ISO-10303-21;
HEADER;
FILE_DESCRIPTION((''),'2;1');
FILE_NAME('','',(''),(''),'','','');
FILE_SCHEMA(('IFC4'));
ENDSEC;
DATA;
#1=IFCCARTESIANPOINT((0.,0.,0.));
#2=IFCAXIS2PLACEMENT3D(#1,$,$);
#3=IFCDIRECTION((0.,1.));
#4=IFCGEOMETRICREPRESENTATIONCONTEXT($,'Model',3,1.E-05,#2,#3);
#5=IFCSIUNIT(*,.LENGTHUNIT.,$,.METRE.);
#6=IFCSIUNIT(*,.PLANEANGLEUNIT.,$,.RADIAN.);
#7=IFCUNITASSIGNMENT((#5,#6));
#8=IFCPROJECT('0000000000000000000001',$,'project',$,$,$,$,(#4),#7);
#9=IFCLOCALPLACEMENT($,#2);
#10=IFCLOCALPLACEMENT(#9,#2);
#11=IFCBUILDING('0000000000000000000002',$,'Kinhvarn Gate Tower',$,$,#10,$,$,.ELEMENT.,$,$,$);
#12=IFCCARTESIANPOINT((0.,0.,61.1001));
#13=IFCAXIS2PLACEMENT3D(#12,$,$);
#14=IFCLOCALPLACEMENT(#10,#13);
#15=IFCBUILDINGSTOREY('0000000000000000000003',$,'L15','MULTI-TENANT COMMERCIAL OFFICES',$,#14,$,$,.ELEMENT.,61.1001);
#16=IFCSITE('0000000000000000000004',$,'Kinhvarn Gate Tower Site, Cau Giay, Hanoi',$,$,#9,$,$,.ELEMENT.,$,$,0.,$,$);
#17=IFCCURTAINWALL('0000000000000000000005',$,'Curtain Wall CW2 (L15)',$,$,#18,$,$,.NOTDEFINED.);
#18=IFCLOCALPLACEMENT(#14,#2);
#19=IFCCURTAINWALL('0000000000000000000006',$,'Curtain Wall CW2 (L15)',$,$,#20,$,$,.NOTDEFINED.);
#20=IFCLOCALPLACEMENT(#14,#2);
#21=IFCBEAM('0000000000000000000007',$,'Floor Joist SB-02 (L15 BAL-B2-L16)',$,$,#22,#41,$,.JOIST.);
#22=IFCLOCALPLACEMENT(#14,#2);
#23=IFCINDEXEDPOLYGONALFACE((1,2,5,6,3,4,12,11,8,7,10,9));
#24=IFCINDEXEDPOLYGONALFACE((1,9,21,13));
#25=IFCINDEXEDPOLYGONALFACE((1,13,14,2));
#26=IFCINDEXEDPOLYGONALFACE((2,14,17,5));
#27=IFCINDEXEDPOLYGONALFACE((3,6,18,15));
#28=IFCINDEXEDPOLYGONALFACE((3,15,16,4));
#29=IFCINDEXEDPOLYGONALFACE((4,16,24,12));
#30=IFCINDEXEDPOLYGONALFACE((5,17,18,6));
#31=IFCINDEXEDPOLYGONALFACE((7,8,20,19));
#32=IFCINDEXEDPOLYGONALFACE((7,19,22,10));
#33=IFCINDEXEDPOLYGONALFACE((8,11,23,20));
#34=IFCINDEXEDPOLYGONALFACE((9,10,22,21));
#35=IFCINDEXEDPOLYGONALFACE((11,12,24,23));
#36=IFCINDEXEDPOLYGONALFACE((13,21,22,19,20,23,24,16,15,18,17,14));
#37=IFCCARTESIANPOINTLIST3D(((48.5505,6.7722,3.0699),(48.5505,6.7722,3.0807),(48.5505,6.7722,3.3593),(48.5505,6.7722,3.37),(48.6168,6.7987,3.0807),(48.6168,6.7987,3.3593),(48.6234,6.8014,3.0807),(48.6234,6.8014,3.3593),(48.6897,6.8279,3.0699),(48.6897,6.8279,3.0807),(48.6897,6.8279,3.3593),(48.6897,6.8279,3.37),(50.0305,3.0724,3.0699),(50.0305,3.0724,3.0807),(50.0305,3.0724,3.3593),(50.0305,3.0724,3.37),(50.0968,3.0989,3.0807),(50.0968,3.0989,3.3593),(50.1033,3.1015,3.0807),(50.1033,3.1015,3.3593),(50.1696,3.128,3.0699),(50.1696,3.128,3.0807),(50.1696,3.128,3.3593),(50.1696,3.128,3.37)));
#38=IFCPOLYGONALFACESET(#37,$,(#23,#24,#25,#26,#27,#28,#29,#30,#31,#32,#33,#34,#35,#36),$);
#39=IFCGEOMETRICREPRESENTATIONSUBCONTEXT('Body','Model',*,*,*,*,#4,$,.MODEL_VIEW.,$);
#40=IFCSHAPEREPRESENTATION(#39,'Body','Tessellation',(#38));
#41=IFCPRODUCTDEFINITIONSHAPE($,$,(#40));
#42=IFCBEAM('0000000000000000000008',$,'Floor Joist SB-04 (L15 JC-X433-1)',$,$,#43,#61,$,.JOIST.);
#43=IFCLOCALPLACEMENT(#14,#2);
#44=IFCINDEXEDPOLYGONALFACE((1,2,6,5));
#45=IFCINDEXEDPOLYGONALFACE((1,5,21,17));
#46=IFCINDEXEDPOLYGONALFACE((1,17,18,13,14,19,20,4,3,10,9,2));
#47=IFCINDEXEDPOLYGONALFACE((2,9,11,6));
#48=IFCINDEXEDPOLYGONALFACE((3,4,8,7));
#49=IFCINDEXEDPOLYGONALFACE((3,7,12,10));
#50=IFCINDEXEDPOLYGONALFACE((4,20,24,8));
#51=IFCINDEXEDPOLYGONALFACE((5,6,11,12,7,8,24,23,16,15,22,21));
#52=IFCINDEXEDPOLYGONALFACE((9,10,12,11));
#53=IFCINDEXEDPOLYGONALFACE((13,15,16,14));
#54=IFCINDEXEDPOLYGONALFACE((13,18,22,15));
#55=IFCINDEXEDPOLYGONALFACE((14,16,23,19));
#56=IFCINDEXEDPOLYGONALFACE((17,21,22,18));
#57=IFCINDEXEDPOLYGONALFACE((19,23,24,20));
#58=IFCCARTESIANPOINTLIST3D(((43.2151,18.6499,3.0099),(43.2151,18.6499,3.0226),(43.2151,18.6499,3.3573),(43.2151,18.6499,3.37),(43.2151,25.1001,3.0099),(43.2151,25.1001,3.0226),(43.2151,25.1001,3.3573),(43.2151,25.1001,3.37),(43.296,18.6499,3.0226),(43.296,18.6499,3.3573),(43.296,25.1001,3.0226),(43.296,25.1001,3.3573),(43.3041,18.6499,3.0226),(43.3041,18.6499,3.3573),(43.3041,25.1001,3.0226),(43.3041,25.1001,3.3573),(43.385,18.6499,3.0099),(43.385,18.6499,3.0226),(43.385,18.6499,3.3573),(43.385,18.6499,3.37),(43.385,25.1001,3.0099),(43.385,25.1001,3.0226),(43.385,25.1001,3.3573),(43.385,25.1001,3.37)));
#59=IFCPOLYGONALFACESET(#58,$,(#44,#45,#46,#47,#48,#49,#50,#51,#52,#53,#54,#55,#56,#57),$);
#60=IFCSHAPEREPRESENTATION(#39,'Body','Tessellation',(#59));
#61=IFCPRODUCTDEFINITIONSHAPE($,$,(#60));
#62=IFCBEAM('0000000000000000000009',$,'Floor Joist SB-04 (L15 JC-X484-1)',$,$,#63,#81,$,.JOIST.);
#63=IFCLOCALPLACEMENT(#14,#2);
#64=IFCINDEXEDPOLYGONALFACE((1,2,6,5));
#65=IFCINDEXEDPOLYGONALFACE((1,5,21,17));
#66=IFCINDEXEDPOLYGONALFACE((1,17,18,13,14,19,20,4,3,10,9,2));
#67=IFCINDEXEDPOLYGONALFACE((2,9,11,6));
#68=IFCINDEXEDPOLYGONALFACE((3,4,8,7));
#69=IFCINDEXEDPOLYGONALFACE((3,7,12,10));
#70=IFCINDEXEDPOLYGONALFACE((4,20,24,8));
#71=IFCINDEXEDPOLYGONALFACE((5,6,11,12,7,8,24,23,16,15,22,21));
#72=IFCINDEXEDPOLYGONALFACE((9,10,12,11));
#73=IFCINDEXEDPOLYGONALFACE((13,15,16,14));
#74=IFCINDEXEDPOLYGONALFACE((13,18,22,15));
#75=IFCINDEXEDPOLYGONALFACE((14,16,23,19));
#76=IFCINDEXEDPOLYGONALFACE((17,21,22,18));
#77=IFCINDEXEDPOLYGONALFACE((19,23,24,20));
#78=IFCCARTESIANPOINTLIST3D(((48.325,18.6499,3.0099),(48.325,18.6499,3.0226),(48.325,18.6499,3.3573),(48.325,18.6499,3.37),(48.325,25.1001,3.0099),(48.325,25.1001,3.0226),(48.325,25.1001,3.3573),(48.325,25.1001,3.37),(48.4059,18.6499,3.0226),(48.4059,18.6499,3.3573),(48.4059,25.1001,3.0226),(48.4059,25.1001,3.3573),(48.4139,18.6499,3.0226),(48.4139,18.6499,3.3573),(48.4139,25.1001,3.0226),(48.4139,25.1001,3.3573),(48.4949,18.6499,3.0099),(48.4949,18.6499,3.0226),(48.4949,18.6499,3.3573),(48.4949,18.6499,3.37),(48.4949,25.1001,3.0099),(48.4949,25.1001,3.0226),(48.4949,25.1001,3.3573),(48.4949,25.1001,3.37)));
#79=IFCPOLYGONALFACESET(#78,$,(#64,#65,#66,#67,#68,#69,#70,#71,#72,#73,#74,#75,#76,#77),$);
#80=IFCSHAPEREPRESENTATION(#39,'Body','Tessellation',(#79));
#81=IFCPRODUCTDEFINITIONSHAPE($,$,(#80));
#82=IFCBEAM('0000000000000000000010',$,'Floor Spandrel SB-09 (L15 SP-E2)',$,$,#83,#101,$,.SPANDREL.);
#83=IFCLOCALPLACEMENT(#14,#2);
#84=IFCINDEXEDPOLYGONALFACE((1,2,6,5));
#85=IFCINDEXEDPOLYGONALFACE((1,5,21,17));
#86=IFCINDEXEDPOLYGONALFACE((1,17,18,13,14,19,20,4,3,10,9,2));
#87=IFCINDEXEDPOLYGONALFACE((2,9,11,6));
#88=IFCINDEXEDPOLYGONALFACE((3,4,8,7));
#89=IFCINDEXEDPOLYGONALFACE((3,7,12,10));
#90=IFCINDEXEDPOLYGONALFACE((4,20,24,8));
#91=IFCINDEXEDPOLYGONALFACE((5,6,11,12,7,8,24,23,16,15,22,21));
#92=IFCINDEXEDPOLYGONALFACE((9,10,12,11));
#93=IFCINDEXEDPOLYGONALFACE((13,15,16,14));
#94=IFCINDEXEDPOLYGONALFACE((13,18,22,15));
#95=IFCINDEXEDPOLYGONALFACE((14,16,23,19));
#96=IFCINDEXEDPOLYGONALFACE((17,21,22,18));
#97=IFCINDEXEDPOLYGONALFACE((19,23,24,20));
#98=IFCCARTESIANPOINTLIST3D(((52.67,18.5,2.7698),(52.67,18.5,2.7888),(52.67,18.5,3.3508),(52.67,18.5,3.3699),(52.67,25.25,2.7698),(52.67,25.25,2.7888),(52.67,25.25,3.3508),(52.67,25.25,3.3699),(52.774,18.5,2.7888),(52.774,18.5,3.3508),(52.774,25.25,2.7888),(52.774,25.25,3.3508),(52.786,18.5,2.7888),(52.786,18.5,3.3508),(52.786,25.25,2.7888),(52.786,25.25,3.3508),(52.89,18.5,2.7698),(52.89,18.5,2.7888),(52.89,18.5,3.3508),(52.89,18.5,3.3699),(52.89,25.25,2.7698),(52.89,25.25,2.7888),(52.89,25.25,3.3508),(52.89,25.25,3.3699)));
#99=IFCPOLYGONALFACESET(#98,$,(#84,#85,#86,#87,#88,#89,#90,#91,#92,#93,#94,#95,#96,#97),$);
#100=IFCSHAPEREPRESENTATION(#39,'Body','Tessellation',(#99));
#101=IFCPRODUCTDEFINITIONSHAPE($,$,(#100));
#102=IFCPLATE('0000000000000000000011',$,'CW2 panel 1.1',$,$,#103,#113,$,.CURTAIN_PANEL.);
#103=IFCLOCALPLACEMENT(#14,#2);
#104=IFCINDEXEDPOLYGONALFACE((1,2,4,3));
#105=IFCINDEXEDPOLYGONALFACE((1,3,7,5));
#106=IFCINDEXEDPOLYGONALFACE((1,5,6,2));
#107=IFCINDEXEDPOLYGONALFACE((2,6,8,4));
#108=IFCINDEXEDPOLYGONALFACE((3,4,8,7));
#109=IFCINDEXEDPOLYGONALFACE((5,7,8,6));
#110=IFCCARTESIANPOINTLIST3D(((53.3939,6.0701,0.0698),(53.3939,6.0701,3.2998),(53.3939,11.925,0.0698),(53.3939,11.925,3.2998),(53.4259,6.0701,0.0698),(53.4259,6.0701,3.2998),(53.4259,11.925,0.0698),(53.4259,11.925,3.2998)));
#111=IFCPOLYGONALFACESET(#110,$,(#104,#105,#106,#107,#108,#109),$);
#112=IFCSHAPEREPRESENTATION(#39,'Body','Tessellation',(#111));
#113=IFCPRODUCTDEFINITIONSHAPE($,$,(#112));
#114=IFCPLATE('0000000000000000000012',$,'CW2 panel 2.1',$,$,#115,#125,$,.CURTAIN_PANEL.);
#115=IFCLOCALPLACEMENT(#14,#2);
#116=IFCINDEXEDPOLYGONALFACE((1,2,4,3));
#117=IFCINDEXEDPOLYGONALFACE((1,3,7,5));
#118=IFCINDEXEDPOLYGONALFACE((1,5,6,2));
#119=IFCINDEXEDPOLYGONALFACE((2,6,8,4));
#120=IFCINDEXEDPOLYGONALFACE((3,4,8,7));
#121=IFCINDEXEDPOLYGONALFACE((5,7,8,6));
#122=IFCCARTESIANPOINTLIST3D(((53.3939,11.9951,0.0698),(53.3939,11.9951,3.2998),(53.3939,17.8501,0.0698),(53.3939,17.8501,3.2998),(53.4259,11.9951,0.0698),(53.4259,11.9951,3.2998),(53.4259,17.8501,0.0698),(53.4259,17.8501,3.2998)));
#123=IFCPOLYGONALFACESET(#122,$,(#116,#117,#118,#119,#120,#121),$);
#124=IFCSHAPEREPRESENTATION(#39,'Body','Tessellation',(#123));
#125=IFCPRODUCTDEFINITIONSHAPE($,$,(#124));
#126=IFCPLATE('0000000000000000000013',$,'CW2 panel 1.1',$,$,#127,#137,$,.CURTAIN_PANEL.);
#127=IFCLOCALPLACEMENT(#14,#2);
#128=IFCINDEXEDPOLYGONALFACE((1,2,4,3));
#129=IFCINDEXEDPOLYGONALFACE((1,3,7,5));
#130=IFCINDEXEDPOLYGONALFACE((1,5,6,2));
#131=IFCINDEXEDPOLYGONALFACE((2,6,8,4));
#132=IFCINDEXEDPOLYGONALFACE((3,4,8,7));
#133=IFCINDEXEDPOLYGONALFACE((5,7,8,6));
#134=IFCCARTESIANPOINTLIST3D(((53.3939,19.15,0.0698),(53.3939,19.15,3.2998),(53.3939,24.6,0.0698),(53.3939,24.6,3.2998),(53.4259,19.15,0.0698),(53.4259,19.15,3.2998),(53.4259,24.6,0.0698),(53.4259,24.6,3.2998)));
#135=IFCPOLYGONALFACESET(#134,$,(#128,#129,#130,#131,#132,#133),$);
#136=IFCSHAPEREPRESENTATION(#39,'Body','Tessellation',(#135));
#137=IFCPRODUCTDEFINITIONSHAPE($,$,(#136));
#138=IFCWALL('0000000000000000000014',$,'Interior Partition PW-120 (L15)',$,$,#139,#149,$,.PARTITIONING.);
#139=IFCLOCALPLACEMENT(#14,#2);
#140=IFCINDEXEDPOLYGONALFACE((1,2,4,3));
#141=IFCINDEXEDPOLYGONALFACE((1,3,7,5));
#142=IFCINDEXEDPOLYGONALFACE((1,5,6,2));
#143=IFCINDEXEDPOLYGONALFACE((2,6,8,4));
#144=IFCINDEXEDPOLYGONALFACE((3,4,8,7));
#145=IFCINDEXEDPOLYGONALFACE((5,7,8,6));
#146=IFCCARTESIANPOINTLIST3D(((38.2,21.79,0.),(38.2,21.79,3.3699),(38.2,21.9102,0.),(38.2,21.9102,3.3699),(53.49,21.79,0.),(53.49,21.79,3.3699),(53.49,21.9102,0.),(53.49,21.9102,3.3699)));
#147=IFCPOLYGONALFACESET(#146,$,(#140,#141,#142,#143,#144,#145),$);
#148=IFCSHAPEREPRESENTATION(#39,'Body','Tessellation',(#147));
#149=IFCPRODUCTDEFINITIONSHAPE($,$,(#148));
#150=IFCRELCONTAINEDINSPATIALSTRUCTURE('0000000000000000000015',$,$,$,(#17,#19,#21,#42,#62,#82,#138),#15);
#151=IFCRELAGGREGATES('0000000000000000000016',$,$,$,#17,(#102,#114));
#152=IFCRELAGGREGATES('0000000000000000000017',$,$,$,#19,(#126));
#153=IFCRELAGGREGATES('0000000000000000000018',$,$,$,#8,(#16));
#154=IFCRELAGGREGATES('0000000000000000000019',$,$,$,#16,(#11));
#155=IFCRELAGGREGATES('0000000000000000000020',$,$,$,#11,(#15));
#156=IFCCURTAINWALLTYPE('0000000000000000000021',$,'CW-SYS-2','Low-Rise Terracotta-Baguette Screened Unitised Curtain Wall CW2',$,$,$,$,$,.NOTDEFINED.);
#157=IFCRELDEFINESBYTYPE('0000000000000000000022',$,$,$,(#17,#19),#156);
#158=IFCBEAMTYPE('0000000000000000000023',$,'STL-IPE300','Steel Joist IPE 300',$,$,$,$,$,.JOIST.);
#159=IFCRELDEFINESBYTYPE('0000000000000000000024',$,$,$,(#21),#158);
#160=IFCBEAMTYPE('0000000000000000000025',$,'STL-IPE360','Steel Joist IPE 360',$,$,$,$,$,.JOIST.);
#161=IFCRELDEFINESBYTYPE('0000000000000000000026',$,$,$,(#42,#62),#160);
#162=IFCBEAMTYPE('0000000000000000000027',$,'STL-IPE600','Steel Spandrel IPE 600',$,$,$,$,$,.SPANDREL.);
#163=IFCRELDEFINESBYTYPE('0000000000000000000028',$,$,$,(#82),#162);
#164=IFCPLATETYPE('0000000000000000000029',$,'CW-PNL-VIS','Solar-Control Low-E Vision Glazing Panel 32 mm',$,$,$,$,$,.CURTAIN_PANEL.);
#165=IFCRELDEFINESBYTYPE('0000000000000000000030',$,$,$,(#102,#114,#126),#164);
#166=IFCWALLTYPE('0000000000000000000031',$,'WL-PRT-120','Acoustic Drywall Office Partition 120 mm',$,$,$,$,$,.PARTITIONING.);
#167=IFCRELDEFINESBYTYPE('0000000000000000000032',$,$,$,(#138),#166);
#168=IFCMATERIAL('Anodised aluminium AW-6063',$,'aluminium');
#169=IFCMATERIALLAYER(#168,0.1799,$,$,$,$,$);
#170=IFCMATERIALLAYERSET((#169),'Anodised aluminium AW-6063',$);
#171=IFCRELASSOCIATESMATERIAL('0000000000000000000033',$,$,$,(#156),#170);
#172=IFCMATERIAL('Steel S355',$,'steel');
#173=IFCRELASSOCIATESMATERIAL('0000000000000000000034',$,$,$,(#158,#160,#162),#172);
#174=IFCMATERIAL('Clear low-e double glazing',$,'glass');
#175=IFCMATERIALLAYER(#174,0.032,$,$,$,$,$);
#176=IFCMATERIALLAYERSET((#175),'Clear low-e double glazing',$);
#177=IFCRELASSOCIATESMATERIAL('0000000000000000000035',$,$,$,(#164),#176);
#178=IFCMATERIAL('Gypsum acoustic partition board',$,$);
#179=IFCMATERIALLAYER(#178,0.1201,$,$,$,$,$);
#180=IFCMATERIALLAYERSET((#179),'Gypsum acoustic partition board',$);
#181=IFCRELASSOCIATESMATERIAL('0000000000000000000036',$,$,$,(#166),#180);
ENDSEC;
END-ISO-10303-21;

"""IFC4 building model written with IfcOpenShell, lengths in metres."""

from ifc_helpers import new_model, si_unit, direction, frame, frame_2d, origin, origin_2d, place, context, subcontext, project, spatial, rectangle, i_section, extrude, material, layer, layer_set, material_profile, profile_set, type_object, element, aggregate, save


model = new_model("IFC4")

# Units and contexts
model_context = context("Model", 3, precision=1e-05, world=origin(), true_north=direction((0.0, 1.0)))
body_context = subcontext(model_context, "Body", "Model", "MODEL_VIEW")
ifc_project = project(units=[si_unit("LENGTHUNIT", "METRE"), si_unit("PLANEANGLEUNIT", "RADIAN")], contexts=[model_context])

# Site, building, storey
site_placement = place(None, origin())
site = spatial("IfcSite", under=ifc_project, at=site_placement, Name="Kinhvarn Gate Tower Site, Cau Giay, Hanoi", CompositionType="ELEMENT", RefElevation=0.0)
building_placement = place(site_placement, origin())
building = spatial("IfcBuilding", under=site, at=building_placement, Name="Kinhvarn Gate Tower", CompositionType="ELEMENT")
storey_placement = place(building_placement, frame((0.0, 0.0, 61.1001)))
storey = spatial("IfcBuildingStorey", under=building, at=storey_placement, Name="L15", Description="MULTI-TENANT COMMERCIAL OFFICES", CompositionType="ELEMENT", Elevation=61.1001)

# Curtain wall
ifc_material_1 = material(Name="Anodised aluminium AW-6063", Category="aluminium")
ifc_layer_1 = layer(ifc_material_1, 0.1799)
ifc_layer_set_1 = layer_set([ifc_layer_1], Name="Anodised aluminium AW-6063")
curtain_wall_type = type_object("IfcCurtainWallType", Name="CW-SYS-2", Description="Low-Rise Terracotta-Baguette Screened Unitised Curtain Wall CW2", PredefinedType="NOTDEFINED", material=ifc_layer_set_1)
curtain_wall_1_placement = place(storey_placement, origin())
curtain_wall_1 = element("IfcCurtainWall", 1, at=curtain_wall_1_placement, inside=storey, type_object=curtain_wall_type, Name="Curtain Wall CW2 (L15)", PredefinedType="NOTDEFINED")

# Curtain wall
curtain_wall_2_placement = place(storey_placement, origin())
curtain_wall_2 = element("IfcCurtainWall", 2, at=curtain_wall_2_placement, inside=storey, type_object=curtain_wall_type, Name="Curtain Wall CW2 (L15)", PredefinedType="NOTDEFINED")

# Beams
ifc_material_2 = material(Name="Steel S355", Category="steel")
ifc_material_profile_1 = material_profile(ifc_material_2, i_section(OverallWidth=0.1499, OverallDepth=0.3, WebThickness=0.0071, FlangeThickness=0.0107, at=origin_2d()), Name="IPE 300")
ifc_profile_set_1 = profile_set([ifc_material_profile_1], Name="Steel S355")
beam_type_1 = type_object("IfcBeamType", Name="STL-IPE300", Description="Steel Joist IPE 300", PredefinedType="JOIST", material=ifc_profile_set_1)
beam_1_placement = place(storey_placement, frame((48.6201, 6.8, 3.22), z_axis=(0.371391, -0.928477, 0.0), x_axis=(0.928477, 0.371391, 0.0)))
element("IfcBeam", 3, at=beam_1_placement, inside=storey, type_object=beam_type_1, Name="Floor Joist SB-02 (L15 BAL-B2-L16)", PredefinedType="JOIST", context=body_context, shape_type="SweptSolid", body=[
    extrude(i_section(OverallWidth=0.1499, OverallDepth=0.3, WebThickness=0.0071, FlangeThickness=0.0107, at=origin_2d()), origin(), (0.0, 0.0, 1.0), 3.9849),
])
ifc_material_profile_2 = material_profile(ifc_material_2, i_section(OverallWidth=0.1699, OverallDepth=0.3601, WebThickness=0.0081, FlangeThickness=0.0127, at=origin_2d()), Name="IPE 360")
ifc_profile_set_2 = profile_set([ifc_material_profile_2], Name="Steel S355")
beam_type_2 = type_object("IfcBeamType", Name="STL-IPE360", Description="Steel Joist IPE 360", PredefinedType="JOIST", material=ifc_profile_set_2)
for number, where, z_axis, x_axis, name in (
    (4, (43.3, 18.6499, 3.1899), (0.0, 1.0, 0.0), (-1.0, 0.0, 0.0), "Floor Joist SB-04 (L15 JC-X433-1)"),
    (5, (48.4099, 18.6499, 3.1899), (0.0, 1.0, 0.0), (-1.0, 0.0, 0.0), "Floor Joist SB-04 (L15 JC-X484-1)"),
):
    element("IfcBeam", number, at=place(storey_placement, frame(where, z_axis=z_axis, x_axis=x_axis)), inside=storey, type_object=beam_type_2, Name=name, PredefinedType="JOIST", context=body_context, shape_type="SweptSolid", body=[
        extrude(i_section(OverallWidth=0.1699, OverallDepth=0.3601, WebThickness=0.0081, FlangeThickness=0.0127, at=origin_2d()), origin(), (0.0, 0.0, 1.0), 6.4502),
    ])
ifc_material_profile_3 = material_profile(ifc_material_2, i_section(OverallWidth=0.22, OverallDepth=0.6001, WebThickness=0.012, FlangeThickness=0.019, at=origin_2d()), Name="IPE 600")
ifc_profile_set_3 = profile_set([ifc_material_profile_3], Name="Steel S355")
beam_type_3 = type_object("IfcBeamType", Name="STL-IPE600", Description="Steel Spandrel IPE 600", PredefinedType="SPANDREL", material=ifc_profile_set_3)
beam_2_placement = place(storey_placement, frame((52.78, 18.5, 3.0698), z_axis=(0.0, 1.0, 0.0), x_axis=(-1.0, 0.0, 0.0)))
element("IfcBeam", 6, at=beam_2_placement, inside=storey, type_object=beam_type_3, Name="Floor Spandrel SB-09 (L15 SP-E2)", PredefinedType="SPANDREL", context=body_context, shape_type="SweptSolid", body=[
    extrude(i_section(OverallWidth=0.22, OverallDepth=0.6001, WebThickness=0.012, FlangeThickness=0.019, at=origin_2d()), origin(), (0.0, 0.0, 1.0), 6.75),
])

# Plates
ifc_material_3 = material(Name="Clear low-e double glazing", Category="glass")
ifc_layer_2 = layer(ifc_material_3, 0.032)
ifc_layer_set_2 = layer_set([ifc_layer_2], Name="Clear low-e double glazing")
plate_type = type_object("IfcPlateType", Name="CW-PNL-VIS", Description="Solar-Control Low-E Vision Glazing Panel 32 mm", PredefinedType="CURTAIN_PANEL", material=ifc_layer_set_2)
plate_1_placement = place(storey_placement, frame((53.4099, 8.9976, 0.0698), z_axis=(0.0, 0.0, 1.0), x_axis=(0.0, 1.0, 0.0)))
plate_1 = element("IfcPlate", 7, at=plate_1_placement, type_object=plate_type, Name="CW2 panel 1.1", PredefinedType="CURTAIN_PANEL", context=body_context, shape_type="SweptSolid", body=[
    extrude(rectangle(XDim=5.855, YDim=0.032, at=origin_2d()), origin(), (0.0, 0.0, 1.0), 3.23),
])
plate_2_placement = place(storey_placement, frame((53.4099, 14.9226, 0.0698), z_axis=(0.0, 0.0, 1.0), x_axis=(0.0, 1.0, 0.0)))
plate_2 = element("IfcPlate", 8, at=plate_2_placement, type_object=plate_type, Name="CW2 panel 2.1", PredefinedType="CURTAIN_PANEL", context=body_context, shape_type="SweptSolid", body=[
    extrude(rectangle(XDim=5.855, YDim=0.032, at=origin_2d()), origin(), (0.0, 0.0, 1.0), 3.23),
])
aggregate(curtain_wall_1, [plate_1, plate_2])
plate_3_placement = place(storey_placement, frame((53.4099, 21.875, 0.0698), z_axis=(0.0, 0.0, 1.0), x_axis=(0.0, 1.0, 0.0)))
plate_3 = element("IfcPlate", 9, at=plate_3_placement, type_object=plate_type, Name="CW2 panel 1.1", PredefinedType="CURTAIN_PANEL", context=body_context, shape_type="SweptSolid", body=[
    extrude(rectangle(XDim=5.45, YDim=0.032, at=origin_2d()), origin(), (0.0, 0.0, 1.0), 3.23),
])
aggregate(curtain_wall_2, [plate_3])

# Wall
ifc_material_4 = material(Name="Gypsum acoustic partition board")
ifc_layer_3 = layer(ifc_material_4, 0.1201)
ifc_layer_set_3 = layer_set([ifc_layer_3], Name="Gypsum acoustic partition board")
wall_type_1 = type_object("IfcWallType", Name="WL-PRT-120", Description="Acoustic Drywall Office Partition 120 mm", PredefinedType="PARTITIONING", material=ifc_layer_set_3)
wall_1_placement = place(storey_placement, frame((38.2, 21.8501, 0.0), z_axis=(0.0, 0.0, 1.0), x_axis=(1.0, 0.0, 0.0)))
element("IfcWall", 10, at=wall_1_placement, inside=storey, type_object=wall_type_1, Name="Interior Partition PW-120 (L15)", PredefinedType="PARTITIONING", context=body_context, shape_type="SweptSolid", body=[
    extrude(rectangle(XDim=15.29, YDim=0.1201, at=frame_2d((7.645, 0.0))), origin(), (0.0, 0.0, 1.0), 3.3699),
])

save(model, "model.ifc")
